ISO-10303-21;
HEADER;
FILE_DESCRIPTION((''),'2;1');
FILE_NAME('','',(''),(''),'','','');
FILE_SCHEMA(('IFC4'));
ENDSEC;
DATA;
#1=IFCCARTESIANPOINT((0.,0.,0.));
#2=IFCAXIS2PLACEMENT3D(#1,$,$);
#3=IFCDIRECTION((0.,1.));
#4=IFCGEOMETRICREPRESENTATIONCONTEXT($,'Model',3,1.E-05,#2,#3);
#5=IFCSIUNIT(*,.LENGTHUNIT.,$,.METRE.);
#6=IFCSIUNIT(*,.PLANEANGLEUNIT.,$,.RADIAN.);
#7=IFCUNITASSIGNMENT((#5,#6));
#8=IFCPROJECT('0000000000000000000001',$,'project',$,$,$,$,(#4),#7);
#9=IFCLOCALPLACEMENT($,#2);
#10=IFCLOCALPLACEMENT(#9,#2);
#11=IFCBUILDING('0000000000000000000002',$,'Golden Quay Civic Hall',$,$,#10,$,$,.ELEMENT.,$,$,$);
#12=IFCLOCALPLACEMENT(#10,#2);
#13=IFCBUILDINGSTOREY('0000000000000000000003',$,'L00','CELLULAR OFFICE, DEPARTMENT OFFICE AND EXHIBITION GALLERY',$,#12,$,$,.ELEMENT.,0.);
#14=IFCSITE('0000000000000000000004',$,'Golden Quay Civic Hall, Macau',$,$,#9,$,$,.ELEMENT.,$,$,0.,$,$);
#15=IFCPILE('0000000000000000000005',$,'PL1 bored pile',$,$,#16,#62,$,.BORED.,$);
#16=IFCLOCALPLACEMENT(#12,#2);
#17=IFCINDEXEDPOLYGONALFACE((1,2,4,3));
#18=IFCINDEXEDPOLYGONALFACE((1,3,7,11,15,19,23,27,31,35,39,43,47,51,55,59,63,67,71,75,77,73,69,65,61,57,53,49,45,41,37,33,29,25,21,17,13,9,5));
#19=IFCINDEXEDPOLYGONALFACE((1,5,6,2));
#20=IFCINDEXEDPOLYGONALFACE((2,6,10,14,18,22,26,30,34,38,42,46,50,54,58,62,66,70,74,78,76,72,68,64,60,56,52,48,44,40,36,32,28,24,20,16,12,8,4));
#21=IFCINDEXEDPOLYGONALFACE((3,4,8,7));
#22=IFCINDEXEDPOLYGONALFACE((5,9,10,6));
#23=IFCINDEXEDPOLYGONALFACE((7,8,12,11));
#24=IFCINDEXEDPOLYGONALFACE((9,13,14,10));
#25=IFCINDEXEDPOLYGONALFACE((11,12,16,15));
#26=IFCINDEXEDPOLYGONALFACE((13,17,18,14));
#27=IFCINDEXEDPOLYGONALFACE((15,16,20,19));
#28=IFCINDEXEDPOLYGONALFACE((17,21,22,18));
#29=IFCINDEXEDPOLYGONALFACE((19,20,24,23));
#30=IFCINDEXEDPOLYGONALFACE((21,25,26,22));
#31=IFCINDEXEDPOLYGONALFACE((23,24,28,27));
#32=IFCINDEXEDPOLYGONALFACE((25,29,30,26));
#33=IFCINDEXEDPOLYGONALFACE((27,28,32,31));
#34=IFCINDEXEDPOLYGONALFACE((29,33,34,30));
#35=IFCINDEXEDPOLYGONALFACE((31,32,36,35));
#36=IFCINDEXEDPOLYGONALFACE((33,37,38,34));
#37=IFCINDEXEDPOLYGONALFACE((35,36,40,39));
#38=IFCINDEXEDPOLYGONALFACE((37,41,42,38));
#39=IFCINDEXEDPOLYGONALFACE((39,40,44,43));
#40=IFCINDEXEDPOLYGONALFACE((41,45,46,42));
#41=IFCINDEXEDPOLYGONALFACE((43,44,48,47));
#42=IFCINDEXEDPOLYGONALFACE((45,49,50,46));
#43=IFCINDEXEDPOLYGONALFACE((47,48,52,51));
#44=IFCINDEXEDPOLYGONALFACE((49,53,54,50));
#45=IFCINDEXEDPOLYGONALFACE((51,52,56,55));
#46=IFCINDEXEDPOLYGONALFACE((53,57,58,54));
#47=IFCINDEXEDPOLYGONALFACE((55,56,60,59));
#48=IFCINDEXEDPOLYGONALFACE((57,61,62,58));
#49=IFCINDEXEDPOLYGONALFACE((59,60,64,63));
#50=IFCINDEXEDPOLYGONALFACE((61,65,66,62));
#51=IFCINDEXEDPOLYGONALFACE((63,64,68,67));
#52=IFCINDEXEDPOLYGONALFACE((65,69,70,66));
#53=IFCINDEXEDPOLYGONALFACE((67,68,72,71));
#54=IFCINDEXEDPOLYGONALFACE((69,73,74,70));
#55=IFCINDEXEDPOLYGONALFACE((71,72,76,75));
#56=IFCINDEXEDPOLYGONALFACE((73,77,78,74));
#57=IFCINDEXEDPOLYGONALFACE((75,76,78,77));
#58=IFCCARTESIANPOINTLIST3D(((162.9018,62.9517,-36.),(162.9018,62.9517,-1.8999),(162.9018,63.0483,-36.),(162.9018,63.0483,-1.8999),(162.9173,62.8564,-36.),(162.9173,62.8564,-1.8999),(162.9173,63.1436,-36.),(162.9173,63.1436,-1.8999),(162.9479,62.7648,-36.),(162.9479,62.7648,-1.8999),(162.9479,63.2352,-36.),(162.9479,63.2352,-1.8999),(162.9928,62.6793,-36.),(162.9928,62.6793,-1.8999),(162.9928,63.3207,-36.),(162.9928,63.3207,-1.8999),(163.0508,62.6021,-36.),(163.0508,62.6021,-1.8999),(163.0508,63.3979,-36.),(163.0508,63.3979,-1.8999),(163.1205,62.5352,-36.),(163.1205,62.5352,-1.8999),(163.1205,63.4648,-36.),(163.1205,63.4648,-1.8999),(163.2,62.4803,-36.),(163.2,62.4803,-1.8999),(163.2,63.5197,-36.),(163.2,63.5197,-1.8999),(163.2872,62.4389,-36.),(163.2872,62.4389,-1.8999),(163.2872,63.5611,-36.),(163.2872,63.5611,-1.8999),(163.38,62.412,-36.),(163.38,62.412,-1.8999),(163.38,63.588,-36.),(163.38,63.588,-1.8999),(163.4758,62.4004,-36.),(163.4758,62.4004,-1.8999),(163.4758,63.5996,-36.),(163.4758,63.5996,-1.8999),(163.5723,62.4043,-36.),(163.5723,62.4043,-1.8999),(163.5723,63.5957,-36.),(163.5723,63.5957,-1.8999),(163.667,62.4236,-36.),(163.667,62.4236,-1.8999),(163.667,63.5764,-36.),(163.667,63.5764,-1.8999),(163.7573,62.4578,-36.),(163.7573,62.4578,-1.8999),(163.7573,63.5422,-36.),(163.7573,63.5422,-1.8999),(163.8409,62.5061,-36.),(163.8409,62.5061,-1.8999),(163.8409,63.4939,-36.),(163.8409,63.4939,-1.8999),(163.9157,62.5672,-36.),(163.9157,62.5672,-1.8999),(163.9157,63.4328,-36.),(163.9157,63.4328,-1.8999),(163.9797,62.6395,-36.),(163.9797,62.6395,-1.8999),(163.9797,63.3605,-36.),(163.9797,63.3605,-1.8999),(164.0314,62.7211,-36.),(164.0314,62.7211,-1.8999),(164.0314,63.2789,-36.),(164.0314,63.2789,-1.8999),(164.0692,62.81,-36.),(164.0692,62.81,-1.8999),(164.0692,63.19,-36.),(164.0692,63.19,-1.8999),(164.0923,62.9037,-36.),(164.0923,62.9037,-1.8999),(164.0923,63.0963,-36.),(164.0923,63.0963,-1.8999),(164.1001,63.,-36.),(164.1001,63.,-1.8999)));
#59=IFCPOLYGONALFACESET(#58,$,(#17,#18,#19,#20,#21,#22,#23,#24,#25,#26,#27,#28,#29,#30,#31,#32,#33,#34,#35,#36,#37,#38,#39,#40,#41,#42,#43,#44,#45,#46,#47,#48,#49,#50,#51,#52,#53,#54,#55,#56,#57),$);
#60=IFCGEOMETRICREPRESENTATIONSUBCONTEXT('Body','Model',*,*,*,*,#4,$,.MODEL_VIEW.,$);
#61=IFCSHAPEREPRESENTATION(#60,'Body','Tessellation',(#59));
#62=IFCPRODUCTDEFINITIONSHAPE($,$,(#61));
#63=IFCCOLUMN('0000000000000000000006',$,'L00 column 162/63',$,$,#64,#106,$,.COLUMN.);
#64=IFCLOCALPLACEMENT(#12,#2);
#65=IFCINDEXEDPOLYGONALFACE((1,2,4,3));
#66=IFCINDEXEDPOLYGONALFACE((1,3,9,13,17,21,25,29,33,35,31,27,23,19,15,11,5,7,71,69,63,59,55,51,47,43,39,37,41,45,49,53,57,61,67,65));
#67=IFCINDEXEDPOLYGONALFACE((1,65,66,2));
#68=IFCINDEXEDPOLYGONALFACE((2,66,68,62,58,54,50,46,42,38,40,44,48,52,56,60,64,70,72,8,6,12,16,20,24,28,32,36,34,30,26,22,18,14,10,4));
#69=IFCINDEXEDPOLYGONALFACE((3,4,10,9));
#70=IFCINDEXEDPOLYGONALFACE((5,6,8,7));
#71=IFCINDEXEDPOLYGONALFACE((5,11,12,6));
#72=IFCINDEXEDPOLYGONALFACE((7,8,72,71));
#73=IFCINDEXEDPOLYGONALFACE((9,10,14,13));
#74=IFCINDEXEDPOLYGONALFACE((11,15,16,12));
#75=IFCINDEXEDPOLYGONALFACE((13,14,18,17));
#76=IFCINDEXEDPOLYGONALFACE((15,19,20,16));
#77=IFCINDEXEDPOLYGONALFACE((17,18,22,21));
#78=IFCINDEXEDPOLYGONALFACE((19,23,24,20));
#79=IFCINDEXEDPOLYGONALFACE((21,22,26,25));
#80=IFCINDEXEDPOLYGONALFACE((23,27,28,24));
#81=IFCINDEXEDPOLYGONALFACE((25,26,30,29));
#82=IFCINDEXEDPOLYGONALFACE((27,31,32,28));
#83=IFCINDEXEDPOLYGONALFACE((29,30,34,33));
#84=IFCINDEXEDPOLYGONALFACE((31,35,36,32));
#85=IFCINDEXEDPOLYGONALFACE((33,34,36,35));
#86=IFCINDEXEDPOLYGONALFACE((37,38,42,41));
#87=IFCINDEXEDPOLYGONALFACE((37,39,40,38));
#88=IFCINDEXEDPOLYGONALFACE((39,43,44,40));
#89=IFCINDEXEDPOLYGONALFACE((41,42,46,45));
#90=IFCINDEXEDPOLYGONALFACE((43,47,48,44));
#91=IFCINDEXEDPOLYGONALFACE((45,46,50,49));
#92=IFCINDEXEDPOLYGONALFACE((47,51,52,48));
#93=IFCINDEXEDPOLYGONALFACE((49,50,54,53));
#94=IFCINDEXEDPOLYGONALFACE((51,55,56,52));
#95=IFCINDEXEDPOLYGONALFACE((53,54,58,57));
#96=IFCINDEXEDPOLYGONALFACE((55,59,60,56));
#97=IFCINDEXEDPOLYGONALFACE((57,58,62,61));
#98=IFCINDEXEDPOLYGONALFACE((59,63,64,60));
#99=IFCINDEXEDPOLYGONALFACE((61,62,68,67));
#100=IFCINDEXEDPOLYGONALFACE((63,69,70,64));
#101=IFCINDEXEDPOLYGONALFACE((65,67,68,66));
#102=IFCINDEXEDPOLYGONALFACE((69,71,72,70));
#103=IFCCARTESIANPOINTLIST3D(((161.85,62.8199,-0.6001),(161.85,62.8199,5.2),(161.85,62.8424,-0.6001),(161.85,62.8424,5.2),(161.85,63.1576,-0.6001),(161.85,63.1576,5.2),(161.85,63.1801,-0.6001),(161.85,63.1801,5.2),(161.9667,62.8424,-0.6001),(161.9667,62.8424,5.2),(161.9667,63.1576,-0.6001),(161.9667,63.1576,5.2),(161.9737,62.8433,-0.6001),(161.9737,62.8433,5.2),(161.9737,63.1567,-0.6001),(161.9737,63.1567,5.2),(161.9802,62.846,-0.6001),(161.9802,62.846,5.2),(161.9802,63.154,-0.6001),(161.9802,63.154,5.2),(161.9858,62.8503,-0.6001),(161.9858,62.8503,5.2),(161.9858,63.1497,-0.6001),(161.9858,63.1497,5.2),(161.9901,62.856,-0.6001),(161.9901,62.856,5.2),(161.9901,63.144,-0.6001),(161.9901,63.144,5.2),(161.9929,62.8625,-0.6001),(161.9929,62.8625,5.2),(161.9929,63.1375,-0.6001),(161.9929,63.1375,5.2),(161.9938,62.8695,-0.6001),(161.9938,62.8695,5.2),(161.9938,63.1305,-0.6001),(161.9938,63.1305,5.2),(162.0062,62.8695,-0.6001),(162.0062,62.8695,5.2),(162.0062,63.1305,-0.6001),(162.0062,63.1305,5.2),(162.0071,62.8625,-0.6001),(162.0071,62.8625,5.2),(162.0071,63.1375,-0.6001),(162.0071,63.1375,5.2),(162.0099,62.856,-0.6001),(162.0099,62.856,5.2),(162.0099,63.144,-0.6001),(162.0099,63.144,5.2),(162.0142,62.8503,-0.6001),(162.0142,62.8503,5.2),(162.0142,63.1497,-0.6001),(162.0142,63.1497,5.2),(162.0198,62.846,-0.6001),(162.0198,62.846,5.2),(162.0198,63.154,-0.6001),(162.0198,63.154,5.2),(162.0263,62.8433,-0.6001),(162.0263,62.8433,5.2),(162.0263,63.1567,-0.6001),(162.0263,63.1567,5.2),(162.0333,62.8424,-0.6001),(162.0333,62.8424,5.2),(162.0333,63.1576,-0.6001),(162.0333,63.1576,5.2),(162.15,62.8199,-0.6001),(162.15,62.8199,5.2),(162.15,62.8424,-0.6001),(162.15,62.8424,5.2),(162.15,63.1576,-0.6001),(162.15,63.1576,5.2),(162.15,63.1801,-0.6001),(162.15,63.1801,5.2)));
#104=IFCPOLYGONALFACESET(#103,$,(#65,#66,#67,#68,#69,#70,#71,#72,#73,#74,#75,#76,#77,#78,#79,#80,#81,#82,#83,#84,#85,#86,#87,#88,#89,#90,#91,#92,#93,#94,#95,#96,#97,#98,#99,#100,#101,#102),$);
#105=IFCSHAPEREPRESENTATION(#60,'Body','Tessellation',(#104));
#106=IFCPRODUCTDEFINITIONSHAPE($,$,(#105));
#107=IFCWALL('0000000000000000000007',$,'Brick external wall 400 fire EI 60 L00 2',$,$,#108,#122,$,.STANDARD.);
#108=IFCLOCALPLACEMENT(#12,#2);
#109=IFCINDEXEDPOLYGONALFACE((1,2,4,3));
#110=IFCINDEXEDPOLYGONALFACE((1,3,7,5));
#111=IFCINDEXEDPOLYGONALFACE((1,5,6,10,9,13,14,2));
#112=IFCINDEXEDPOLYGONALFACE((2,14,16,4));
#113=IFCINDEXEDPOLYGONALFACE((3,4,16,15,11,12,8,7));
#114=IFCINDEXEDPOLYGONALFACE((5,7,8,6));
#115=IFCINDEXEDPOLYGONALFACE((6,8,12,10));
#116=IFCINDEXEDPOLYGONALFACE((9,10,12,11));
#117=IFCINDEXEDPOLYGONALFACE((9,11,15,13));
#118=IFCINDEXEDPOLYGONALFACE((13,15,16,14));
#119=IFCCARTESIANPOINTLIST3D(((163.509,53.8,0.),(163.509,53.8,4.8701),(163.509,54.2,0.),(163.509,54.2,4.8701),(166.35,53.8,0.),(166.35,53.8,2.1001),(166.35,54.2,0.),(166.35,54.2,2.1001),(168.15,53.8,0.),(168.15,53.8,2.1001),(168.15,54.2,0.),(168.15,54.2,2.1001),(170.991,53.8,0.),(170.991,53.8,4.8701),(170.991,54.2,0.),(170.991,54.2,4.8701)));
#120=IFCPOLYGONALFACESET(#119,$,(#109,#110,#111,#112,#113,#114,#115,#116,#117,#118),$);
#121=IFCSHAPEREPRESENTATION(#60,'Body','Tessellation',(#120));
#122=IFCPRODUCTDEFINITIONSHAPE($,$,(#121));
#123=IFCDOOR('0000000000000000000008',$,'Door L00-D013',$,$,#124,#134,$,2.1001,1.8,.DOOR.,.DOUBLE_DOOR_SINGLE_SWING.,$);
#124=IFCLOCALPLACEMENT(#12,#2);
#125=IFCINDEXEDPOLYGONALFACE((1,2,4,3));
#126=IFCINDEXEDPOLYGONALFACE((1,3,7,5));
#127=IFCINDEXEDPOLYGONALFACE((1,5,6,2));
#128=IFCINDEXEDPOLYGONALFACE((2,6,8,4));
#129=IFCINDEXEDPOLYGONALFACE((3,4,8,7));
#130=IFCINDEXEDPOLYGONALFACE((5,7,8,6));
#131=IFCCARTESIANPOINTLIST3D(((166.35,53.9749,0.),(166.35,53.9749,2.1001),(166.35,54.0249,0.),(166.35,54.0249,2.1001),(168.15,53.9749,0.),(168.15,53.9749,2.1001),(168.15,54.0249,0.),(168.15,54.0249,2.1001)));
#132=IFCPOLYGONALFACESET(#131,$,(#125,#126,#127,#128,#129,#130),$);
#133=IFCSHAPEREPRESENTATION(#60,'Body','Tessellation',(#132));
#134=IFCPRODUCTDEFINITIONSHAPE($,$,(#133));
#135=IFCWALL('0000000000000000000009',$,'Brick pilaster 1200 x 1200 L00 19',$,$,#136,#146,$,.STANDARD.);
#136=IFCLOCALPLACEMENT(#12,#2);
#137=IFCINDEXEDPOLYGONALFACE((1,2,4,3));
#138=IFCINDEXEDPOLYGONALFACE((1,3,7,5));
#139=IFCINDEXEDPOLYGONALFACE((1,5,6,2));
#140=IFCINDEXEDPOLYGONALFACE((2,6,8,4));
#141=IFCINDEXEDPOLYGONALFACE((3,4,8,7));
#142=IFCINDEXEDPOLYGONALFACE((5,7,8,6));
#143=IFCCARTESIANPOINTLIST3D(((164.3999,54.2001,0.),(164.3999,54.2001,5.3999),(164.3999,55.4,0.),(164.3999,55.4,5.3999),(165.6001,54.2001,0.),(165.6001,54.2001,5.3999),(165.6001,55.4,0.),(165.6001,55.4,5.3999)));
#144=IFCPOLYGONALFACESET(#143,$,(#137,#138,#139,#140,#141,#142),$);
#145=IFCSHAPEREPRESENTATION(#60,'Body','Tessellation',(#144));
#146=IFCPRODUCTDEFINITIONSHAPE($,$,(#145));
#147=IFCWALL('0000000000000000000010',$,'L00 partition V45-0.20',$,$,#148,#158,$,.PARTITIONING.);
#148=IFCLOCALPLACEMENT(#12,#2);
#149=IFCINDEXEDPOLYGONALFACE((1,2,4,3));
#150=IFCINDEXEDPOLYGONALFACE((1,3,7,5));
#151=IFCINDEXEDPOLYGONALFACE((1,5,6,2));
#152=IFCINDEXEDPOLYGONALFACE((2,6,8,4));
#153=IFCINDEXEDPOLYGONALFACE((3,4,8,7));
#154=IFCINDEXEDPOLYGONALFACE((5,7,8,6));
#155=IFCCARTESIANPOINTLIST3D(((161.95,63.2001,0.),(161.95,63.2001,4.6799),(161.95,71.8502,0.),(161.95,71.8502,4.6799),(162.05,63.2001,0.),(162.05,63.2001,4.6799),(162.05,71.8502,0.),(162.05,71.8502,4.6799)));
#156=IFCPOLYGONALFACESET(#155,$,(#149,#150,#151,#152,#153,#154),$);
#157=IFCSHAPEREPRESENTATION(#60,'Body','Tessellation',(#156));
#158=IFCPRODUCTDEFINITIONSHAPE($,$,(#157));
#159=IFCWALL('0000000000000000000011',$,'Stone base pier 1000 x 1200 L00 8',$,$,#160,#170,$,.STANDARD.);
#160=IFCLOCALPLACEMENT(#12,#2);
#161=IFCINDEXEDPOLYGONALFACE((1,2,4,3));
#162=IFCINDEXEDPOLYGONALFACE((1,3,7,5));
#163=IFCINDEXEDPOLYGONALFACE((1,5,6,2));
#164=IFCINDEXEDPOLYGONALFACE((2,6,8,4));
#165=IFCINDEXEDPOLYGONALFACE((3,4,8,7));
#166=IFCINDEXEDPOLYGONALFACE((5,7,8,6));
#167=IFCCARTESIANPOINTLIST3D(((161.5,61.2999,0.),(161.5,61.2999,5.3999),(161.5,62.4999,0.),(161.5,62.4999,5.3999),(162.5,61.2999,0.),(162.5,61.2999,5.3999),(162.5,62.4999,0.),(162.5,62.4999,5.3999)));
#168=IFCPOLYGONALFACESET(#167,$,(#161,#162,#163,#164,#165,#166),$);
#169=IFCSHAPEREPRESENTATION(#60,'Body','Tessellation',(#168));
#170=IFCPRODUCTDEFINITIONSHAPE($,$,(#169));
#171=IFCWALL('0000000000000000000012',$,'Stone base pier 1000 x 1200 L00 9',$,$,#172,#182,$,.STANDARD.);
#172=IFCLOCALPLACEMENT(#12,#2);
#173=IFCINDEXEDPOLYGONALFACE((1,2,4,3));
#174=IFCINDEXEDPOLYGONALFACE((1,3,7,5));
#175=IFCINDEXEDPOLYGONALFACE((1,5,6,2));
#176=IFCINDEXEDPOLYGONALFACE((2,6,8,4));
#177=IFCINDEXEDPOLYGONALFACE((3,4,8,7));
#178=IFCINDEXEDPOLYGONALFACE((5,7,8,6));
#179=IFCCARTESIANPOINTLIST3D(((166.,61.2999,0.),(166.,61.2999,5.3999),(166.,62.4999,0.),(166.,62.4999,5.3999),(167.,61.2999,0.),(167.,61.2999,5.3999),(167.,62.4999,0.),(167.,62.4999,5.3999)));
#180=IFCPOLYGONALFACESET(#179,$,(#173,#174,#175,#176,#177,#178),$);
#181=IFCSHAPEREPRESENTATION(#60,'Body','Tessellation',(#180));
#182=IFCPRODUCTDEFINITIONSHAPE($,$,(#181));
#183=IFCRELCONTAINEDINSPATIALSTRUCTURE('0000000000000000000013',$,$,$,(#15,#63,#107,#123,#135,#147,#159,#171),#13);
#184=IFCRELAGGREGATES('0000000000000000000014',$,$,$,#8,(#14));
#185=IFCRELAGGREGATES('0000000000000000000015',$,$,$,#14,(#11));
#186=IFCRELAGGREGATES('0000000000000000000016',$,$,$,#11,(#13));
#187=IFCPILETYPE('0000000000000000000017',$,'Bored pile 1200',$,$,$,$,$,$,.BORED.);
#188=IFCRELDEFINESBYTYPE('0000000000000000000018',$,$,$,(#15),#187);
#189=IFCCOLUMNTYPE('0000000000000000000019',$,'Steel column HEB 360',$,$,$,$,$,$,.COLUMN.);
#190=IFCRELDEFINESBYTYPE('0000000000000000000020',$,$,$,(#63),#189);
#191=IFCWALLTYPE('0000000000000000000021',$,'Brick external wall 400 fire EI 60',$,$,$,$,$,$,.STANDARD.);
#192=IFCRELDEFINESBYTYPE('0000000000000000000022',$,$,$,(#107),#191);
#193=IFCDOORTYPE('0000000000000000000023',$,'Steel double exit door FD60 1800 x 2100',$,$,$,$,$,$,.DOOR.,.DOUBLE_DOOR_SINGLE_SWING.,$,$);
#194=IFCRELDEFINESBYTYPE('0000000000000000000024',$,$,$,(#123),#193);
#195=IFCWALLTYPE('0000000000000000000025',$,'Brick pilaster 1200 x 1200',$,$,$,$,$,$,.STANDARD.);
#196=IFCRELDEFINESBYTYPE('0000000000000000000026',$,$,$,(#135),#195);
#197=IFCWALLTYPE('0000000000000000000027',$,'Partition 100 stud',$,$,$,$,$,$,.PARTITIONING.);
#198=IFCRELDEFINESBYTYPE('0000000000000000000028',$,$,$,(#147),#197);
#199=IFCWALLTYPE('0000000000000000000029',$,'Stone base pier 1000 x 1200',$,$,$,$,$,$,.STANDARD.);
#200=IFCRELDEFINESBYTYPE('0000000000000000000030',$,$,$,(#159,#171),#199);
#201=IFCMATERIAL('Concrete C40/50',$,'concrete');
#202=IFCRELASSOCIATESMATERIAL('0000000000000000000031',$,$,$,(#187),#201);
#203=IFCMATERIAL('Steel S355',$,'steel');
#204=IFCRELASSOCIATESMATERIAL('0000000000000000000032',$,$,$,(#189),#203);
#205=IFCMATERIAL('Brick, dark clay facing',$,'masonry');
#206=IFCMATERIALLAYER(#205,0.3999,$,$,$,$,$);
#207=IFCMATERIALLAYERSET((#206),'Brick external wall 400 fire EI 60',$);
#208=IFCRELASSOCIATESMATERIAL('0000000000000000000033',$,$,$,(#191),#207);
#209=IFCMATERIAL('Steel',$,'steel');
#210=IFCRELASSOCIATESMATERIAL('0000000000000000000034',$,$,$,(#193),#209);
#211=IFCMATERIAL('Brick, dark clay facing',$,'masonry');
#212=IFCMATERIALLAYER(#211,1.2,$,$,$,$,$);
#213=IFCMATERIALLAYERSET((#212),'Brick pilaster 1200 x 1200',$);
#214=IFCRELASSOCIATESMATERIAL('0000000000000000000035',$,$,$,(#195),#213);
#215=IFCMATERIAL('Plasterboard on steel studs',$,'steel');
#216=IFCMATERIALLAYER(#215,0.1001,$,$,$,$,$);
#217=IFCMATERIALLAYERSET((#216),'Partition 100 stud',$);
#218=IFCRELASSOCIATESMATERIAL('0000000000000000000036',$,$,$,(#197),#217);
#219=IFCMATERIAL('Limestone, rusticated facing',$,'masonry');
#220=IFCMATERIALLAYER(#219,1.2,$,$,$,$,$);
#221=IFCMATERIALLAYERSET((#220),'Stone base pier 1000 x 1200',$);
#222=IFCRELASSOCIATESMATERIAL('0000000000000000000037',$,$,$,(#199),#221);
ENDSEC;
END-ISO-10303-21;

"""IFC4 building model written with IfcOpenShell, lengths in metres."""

from ifc_helpers import new_model, si_unit, direction, frame, frame_2d, origin, origin_2d, place, context, subcontext, project, spatial, rectangle, circle, i_section, extrude, material, layer, layer_set, material_profile, profile_set, type_object, element, fill, save


model = new_model("IFC4")

# Units and contexts
model_context = context("Model", 3, precision=1e-05, world=origin(), true_north=direction((0.0, 1.0)))
body_context = subcontext(model_context, "Body", "Model", "MODEL_VIEW")
ifc_project = project(units=[si_unit("LENGTHUNIT", "METRE"), si_unit("PLANEANGLEUNIT", "RADIAN")], contexts=[model_context])

# Site, building, storey
site_placement = place(None, origin())
site = spatial("IfcSite", under=ifc_project, at=site_placement, Name="Golden Quay Civic Hall, Macau", CompositionType="ELEMENT", RefElevation=0.0)
building_placement = place(site_placement, origin())
building = spatial("IfcBuilding", under=site, at=building_placement, Name="Golden Quay Civic Hall", CompositionType="ELEMENT")
storey_placement = place(building_placement, origin())
storey = spatial("IfcBuildingStorey", under=building, at=storey_placement, Name="L00", Description="CELLULAR OFFICE, DEPARTMENT OFFICE AND EXHIBITION GALLERY", CompositionType="ELEMENT", Elevation=0.0)

# Pile
ifc_material_1 = material(Name="Concrete C40/50", Category="concrete")
ifc_material_profile_1 = material_profile(ifc_material_1, circle(Radius=0.6001, at=origin_2d()), Name="RC D1200")
ifc_profile_set_1 = profile_set([ifc_material_profile_1], Name="Concrete C40/50")
pile_type = type_object("IfcPileType", Name="Bored pile 1200", PredefinedType="BORED", material=ifc_profile_set_1)
pile_placement = place(storey_placement, frame((163.5, 63.0, -1.8999), z_axis=(0.0, 0.0, -1.0), x_axis=(1.0, 0.0, 0.0)))
element("IfcPile", 1, at=pile_placement, inside=storey, type_object=pile_type, Name="PL1 bored pile", PredefinedType="BORED", context=body_context, shape_type="SweptSolid", body=[
    extrude(circle(Radius=0.6001, at=origin_2d()), origin(), (0.0, 0.0, 1.0), 34.1001),
])

# Column
ifc_material_2 = material(Name="Steel S355", Category="steel")
ifc_material_profile_2 = material_profile(ifc_material_2, i_section(OverallWidth=0.3, OverallDepth=0.3601, WebThickness=0.0125, FlangeThickness=0.0225, FilletRadius=0.0271, at=origin_2d()), Name="HEB 360")
ifc_profile_set_2 = profile_set([ifc_material_profile_2], Name="Steel S355")
column_type = type_object("IfcColumnType", Name="Steel column HEB 360", PredefinedType="COLUMN", material=ifc_profile_set_2)
column_placement = place(storey_placement, frame((162.0, 63.0, -0.6001), z_axis=(0.0, 0.0, 1.0), x_axis=(1.0, 0.0, 0.0)))
element("IfcColumn", 2, at=column_placement, inside=storey, type_object=column_type, Name="L00 column 162/63", PredefinedType="COLUMN", context=body_context, shape_type="SweptSolid", body=[
    extrude(i_section(OverallWidth=0.3, OverallDepth=0.3601, WebThickness=0.0125, FlangeThickness=0.0225, FilletRadius=0.0271, at=origin_2d()), origin(), (0.0, 0.0, 1.0), 5.8),
])

# Wall, opening, door
ifc_material_3 = material(Name="Brick, dark clay facing", Category="masonry")
ifc_layer_1 = layer(ifc_material_3, 0.3999)
ifc_layer_set_1 = layer_set([ifc_layer_1], Name="Brick external wall 400 fire EI 60")
wall_type_1 = type_object("IfcWallType", Name="Brick external wall 400 fire EI 60", PredefinedType="STANDARD", material=ifc_layer_set_1)
wall_1_placement = place(storey_placement, frame((163.509, 54.0, 0.0), z_axis=(0.0, 0.0, 1.0), x_axis=(1.0, 0.0, 0.0)))
wall_1 = element("IfcWall", 3, at=wall_1_placement, inside=storey, type_object=wall_type_1, Name="Brick external wall 400 fire EI 60 L00 2", PredefinedType="STANDARD", context=body_context, shape_type="SweptSolid", body=[
    extrude(rectangle(XDim=7.4819, YDim=0.3999, at=frame_2d((3.741, 0.0))), origin(), (0.0, 0.0, 1.0), 4.8701),
])
opening_placement = place(wall_1_placement, frame((2.8411, 0.0, 0.0)))
opening = element("IfcOpeningElement", 4, at=opening_placement, cuts=wall_1, PredefinedType="OPENING", context=body_context, shape_type="SweptSolid", body=[
    extrude(rectangle(XDim=1.8, YDim=2.1001, at=frame_2d((0.8999, 1.05))), frame((0.0, 0.21, 0.0), z_axis=(0.0, -1.0, 0.0), x_axis=(1.0, 0.0, 0.0)), (0.0, 0.0, 1.0), 0.4199),
])
ifc_material_4 = material(Name="Steel", Category="steel")
door_type = type_object("IfcDoorType", Name="Steel double exit door FD60 1800 x 2100", OperationType="DOUBLE_DOOR_SINGLE_SWING", PredefinedType="DOOR", material=ifc_material_4)
door_placement = place(opening_placement, origin())
door = element("IfcDoor", 5, at=door_placement, inside=storey, type_object=door_type, Name="Door L00-D013", OperationType="DOUBLE_DOOR_SINGLE_SWING", OverallHeight=2.1001, OverallWidth=1.8, PredefinedType="DOOR", context=body_context, shape_type="SweptSolid", body=[
    extrude(rectangle(XDim=1.8, YDim=2.1001, at=frame_2d((0.8999, 1.05))), frame((0.0, 0.0249, 0.0), z_axis=(0.0, -1.0, 0.0), x_axis=(1.0, 0.0, 0.0)), (0.0, 0.0, 1.0), 0.05),
])
fill(opening, door)

# Walls
ifc_material_5 = material(Name="Brick, dark clay facing", Category="masonry")
ifc_layer_2 = layer(ifc_material_5, 1.2)
ifc_layer_set_2 = layer_set([ifc_layer_2], Name="Brick pilaster 1200 x 1200")
wall_type_2 = type_object("IfcWallType", Name="Brick pilaster 1200 x 1200", PredefinedType="STANDARD", material=ifc_layer_set_2)
wall_2_placement = place(storey_placement, frame((164.3999, 54.8, 0.0), z_axis=(0.0, 0.0, 1.0), x_axis=(1.0, 0.0, 0.0)))
element("IfcWall", 6, at=wall_2_placement, inside=storey, type_object=wall_type_2, Name="Brick pilaster 1200 x 1200 L00 19", PredefinedType="STANDARD", context=body_context, shape_type="SweptSolid", body=[
    extrude(rectangle(XDim=1.2002, YDim=1.2, at=frame_2d((0.6001, 0.0))), origin(), (0.0, 0.0, 1.0), 5.3999),
])
ifc_material_6 = material(Name="Plasterboard on steel studs", Category="steel")
ifc_layer_3 = layer(ifc_material_6, 0.1001)
ifc_layer_set_3 = layer_set([ifc_layer_3], Name="Partition 100 stud")
wall_type_3 = type_object("IfcWallType", Name="Partition 100 stud", PredefinedType="PARTITIONING", material=ifc_layer_set_3)
wall_3_placement = place(storey_placement, frame((162.0, 63.2, 0.0), z_axis=(0.0, 0.0, 1.0), x_axis=(0.0, 1.0, 0.0)))
element("IfcWall", 7, at=wall_3_placement, inside=storey, type_object=wall_type_3, Name="L00 partition V45-0.20", PredefinedType="PARTITIONING", context=body_context, shape_type="SweptSolid", body=[
    extrude(rectangle(XDim=8.6501, YDim=0.1001, at=frame_2d((4.3252, 0.0))), origin(), (0.0, 0.0, 1.0), 4.6799),
])
ifc_material_7 = material(Name="Limestone, rusticated facing", Category="masonry")
ifc_layer_4 = layer(ifc_material_7, 1.2)
ifc_layer_set_4 = layer_set([ifc_layer_4], Name="Stone base pier 1000 x 1200")
wall_type_4 = type_object("IfcWallType", Name="Stone base pier 1000 x 1200", PredefinedType="STANDARD", material=ifc_layer_set_4)
for number, where, z_axis, x_axis, name in (
    (8, (161.5, 61.8999, 0.0), (0.0, 0.0, 1.0), (1.0, 0.0, 0.0), "Stone base pier 1000 x 1200 L00 8"),
    (9, (166.0, 61.8999, 0.0), (0.0, 0.0, 1.0), (1.0, 0.0, 0.0), "Stone base pier 1000 x 1200 L00 9"),
):
    element("IfcWall", number, at=place(storey_placement, frame(where, z_axis=z_axis, x_axis=x_axis)), inside=storey, type_object=wall_type_4, Name=name, PredefinedType="STANDARD", context=body_context, shape_type="SweptSolid", body=[
        extrude(rectangle(XDim=1.0, YDim=1.2, at=frame_2d((0.5, 0.0))), origin(), (0.0, 0.0, 1.0), 5.3999),
    ])

save(model, "model.ifc")
